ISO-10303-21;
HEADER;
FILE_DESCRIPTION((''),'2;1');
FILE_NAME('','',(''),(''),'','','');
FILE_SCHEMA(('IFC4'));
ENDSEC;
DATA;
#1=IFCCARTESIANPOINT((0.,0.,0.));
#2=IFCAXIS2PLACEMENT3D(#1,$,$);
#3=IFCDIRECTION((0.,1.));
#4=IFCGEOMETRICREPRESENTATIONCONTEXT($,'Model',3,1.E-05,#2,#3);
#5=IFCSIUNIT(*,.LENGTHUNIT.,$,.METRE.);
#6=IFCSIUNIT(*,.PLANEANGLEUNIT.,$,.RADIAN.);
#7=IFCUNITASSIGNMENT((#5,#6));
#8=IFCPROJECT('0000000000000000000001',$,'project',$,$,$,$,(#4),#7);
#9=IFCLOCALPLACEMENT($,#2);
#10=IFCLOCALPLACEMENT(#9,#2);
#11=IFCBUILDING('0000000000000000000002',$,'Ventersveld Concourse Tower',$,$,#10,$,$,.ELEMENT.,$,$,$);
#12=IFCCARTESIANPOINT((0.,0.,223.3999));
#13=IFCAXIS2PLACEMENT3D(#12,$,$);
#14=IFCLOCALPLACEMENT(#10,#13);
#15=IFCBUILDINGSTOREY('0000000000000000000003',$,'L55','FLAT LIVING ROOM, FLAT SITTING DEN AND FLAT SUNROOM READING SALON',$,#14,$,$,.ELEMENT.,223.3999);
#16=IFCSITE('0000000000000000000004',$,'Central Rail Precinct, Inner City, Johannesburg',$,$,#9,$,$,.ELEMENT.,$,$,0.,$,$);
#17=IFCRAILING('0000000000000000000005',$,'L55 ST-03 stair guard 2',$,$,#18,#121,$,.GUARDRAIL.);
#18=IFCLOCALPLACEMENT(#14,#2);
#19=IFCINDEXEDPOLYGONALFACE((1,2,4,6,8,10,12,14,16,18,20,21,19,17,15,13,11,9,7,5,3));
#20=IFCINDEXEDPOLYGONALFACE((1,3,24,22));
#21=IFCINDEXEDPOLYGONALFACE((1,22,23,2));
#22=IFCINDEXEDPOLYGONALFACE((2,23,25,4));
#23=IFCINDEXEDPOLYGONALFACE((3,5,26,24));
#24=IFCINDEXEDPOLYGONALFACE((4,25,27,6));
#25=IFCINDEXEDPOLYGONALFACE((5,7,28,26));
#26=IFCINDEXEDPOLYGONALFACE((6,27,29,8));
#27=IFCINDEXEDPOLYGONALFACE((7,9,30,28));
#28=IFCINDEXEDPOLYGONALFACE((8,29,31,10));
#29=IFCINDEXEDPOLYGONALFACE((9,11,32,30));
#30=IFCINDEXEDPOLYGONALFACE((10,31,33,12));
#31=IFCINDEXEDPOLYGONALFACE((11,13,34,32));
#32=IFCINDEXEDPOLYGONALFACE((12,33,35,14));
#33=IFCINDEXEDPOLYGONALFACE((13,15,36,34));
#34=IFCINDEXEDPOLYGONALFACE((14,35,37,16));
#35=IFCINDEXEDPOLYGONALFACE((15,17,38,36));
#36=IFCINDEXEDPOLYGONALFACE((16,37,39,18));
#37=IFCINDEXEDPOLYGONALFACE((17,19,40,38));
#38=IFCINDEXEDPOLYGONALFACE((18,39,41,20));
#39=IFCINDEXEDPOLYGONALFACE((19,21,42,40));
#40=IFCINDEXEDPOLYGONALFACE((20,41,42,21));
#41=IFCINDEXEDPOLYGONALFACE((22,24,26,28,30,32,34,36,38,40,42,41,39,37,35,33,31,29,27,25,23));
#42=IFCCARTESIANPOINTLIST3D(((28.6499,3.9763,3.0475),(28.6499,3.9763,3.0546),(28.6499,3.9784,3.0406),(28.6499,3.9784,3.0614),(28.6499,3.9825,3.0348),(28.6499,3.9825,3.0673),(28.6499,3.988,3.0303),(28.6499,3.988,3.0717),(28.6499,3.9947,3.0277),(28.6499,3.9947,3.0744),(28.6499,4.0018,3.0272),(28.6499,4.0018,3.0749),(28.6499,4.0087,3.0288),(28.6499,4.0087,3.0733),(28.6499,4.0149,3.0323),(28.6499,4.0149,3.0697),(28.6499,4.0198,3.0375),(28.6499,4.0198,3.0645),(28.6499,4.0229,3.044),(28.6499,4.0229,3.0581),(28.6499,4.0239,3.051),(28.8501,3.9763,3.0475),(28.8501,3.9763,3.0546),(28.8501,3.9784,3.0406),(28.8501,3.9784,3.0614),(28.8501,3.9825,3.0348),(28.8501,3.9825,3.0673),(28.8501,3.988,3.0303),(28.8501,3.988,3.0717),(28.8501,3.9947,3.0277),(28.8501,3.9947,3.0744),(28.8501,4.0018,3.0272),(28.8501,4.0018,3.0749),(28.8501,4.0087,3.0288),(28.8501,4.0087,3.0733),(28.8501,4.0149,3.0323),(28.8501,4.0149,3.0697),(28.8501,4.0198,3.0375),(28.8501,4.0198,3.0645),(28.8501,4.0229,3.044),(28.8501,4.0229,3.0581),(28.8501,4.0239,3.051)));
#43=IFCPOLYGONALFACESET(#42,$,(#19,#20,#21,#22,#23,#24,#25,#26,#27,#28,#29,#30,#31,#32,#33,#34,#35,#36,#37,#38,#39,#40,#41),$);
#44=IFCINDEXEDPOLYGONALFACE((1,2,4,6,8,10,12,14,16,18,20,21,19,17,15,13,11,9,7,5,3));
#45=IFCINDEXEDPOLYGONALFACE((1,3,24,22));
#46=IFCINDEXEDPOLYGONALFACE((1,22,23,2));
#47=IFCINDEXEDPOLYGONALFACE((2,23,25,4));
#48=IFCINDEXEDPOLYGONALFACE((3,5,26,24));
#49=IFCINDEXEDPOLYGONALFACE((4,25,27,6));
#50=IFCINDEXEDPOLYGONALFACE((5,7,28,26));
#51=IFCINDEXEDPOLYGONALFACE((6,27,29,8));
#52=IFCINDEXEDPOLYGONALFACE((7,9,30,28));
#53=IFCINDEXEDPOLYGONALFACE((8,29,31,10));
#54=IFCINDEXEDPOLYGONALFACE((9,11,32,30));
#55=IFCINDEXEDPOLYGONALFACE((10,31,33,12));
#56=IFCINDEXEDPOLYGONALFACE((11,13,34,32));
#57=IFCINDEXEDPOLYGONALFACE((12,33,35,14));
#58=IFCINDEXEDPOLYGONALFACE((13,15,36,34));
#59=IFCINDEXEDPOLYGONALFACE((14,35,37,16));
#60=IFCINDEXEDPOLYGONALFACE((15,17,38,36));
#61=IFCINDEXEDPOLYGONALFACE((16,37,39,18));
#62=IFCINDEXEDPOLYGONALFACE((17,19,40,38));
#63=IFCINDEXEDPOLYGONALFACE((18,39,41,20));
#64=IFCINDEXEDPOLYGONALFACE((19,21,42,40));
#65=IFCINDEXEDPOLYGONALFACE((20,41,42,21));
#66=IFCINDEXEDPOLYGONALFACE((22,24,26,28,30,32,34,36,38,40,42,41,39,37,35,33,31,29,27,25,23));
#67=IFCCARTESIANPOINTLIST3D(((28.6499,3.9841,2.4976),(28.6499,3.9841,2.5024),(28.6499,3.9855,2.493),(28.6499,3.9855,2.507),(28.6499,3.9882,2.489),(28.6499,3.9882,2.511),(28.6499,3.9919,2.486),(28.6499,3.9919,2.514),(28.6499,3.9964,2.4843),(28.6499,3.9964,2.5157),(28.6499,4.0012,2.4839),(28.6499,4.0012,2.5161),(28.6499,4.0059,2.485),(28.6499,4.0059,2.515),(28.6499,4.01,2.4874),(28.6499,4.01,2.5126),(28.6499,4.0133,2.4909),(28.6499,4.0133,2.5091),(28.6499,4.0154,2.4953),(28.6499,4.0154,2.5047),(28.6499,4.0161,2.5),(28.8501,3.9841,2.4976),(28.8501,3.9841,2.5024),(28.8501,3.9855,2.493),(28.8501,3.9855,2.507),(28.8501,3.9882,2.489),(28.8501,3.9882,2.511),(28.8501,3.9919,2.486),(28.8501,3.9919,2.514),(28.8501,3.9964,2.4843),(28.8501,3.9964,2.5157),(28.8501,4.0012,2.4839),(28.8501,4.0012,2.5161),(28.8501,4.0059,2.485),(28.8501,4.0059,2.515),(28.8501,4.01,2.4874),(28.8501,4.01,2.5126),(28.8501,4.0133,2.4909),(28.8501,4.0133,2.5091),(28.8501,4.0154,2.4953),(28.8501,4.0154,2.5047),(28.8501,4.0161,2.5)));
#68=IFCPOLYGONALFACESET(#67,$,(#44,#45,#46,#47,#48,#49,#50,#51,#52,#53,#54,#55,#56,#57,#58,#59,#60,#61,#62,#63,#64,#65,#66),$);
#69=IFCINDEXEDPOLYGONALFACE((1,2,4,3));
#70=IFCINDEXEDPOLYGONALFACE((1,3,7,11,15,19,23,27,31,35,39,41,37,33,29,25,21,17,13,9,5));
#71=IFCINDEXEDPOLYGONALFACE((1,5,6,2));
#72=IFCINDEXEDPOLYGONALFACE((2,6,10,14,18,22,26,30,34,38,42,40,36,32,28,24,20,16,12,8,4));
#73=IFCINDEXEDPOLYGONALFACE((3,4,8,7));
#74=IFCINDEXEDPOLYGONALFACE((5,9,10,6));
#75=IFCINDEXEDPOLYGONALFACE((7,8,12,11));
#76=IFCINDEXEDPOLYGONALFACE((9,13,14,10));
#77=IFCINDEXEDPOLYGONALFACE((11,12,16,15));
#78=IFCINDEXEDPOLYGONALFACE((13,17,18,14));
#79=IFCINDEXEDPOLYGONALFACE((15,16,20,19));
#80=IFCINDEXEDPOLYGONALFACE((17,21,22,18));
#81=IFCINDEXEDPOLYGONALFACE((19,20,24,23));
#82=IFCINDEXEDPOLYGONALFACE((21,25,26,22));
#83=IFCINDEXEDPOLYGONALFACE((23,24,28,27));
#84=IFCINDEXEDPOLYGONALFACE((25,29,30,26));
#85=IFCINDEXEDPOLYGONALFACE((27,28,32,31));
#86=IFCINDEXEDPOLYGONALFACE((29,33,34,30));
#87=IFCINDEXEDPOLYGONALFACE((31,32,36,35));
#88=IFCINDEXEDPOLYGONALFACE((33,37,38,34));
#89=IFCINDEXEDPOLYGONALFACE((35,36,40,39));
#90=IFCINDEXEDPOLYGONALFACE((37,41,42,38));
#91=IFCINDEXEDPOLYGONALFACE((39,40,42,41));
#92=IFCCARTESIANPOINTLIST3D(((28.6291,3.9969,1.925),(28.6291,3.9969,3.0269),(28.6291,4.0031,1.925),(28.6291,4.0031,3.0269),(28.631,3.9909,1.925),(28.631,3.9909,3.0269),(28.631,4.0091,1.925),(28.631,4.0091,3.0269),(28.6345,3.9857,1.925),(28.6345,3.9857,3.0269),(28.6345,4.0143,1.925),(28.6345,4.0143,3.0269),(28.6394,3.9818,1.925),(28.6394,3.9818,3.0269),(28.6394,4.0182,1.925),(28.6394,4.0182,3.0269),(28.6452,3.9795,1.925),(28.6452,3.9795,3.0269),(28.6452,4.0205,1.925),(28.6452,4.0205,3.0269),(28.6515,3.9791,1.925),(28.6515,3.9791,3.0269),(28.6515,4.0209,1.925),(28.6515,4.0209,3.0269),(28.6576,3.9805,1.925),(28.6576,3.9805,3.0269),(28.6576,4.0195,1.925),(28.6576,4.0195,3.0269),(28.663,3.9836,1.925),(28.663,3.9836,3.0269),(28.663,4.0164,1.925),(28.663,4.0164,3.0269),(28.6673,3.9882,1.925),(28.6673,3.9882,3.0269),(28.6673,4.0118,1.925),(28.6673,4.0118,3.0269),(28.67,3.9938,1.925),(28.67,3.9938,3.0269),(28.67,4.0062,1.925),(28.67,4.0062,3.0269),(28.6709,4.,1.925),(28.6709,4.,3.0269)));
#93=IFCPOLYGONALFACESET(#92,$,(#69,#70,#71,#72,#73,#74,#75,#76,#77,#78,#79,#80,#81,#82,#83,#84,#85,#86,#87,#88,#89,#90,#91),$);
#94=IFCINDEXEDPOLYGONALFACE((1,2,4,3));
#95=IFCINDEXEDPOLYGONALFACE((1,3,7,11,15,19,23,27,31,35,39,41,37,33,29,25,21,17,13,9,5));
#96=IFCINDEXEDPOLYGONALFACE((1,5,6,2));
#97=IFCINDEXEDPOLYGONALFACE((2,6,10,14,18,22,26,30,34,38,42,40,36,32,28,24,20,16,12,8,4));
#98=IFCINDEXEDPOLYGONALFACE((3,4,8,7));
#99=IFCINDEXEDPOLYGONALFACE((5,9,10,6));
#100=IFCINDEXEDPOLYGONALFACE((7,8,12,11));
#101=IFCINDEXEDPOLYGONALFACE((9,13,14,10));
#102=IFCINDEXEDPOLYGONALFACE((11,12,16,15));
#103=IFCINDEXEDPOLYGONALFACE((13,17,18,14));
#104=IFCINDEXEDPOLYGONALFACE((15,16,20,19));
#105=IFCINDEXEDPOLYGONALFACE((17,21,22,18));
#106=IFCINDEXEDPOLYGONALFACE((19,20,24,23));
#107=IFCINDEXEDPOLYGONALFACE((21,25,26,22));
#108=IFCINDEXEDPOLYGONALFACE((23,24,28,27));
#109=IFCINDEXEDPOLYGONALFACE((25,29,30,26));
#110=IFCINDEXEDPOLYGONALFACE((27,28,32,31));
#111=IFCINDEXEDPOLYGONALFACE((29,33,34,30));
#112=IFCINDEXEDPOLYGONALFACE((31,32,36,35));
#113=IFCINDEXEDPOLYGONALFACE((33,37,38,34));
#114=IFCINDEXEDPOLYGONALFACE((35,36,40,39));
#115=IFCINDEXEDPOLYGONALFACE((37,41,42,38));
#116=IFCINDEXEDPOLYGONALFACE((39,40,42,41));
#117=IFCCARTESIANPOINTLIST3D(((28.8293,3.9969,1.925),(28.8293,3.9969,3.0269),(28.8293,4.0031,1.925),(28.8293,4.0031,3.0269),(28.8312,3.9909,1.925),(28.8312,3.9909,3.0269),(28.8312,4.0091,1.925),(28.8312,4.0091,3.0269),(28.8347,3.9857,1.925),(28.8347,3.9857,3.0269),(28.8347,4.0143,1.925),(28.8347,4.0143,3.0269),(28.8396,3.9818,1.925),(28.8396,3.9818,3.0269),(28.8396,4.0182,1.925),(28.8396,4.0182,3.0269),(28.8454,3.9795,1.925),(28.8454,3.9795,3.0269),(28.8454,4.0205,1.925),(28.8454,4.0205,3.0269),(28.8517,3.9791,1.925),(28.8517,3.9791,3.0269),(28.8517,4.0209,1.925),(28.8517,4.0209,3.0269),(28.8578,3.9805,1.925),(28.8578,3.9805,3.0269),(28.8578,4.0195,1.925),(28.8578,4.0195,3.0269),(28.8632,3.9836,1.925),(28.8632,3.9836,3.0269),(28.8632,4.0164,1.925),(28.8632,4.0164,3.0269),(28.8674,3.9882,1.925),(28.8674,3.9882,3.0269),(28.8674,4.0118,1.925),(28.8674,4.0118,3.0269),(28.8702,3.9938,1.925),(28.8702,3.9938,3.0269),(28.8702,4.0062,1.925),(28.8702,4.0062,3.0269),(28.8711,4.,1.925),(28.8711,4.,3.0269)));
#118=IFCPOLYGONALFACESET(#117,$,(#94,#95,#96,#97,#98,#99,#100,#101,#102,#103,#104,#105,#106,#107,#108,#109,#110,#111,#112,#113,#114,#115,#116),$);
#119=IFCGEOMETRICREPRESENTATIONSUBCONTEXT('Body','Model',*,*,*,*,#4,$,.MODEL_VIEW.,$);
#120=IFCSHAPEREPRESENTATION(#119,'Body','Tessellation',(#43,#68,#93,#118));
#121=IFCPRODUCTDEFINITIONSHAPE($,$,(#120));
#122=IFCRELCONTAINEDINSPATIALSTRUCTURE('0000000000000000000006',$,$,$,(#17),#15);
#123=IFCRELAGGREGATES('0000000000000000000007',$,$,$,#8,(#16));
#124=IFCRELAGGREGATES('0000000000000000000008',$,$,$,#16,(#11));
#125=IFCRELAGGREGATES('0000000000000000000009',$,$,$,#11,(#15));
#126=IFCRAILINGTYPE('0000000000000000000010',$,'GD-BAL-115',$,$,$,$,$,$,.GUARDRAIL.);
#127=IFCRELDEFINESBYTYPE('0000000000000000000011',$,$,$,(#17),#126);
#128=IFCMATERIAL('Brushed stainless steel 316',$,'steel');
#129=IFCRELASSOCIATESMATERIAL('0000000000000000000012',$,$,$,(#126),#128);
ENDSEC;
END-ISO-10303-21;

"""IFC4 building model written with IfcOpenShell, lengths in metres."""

from ifc_helpers import new_model, si_unit, direction, frame, origin, origin_2d, place, context, subcontext, project, spatial, circle, extrude, material, type_object, element, save


model = new_model("IFC4")

# Units and contexts
model_context = context("Model", 3, precision=1e-05, world=origin(), true_north=direction((0.0, 1.0)))
body_context = subcontext(model_context, "Body", "Model", "MODEL_VIEW")
ifc_project = project(units=[si_unit("LENGTHUNIT", "METRE"), si_unit("PLANEANGLEUNIT", "RADIAN")], contexts=[model_context])

# Site, building, storey
site_placement = place(None, origin())
site = spatial("IfcSite", under=ifc_project, at=site_placement, Name="Central Rail Precinct, Inner City, Johannesburg", CompositionType="ELEMENT", RefElevation=0.0)
building_placement = place(site_placement, origin())
building = spatial("IfcBuilding", under=site, at=building_placement, Name="Ventersveld Concourse Tower", CompositionType="ELEMENT")
storey_placement = place(building_placement, frame((0.0, 0.0, 223.3999)))
storey = spatial("IfcBuildingStorey", under=building, at=storey_placement, Name="L55", Description="FLAT LIVING ROOM, FLAT SITTING DEN AND FLAT SUNROOM READING SALON", CompositionType="ELEMENT", Elevation=223.3999)

# Shared definitions
ifc_material_1 = material(Name="Brushed stainless steel 316", Category="steel")

# Railing
railing_type = type_object("IfcRailingType", Name="GD-BAL-115", PredefinedType="GUARDRAIL", material=ifc_material_1)
railing_1_placement = place(storey_placement, frame((28.6499, 4.0, 1.925)))
element("IfcRailing", 1, at=railing_1_placement, inside=storey, type_object=railing_type, Name="L55 ST-03 stair guard 2", PredefinedType="GUARDRAIL", context=body_context, shape_type="SweptSolid", body=[
    extrude(circle(Radius=0.0239, at=origin_2d()), frame((0.0, 0.0, 1.126), z_axis=(1.0, 0.0, 0.0), x_axis=(0.0, 1.0, 0.0)), (0.0, 0.0, 1.0), 0.2002),
    extrude(circle(Radius=0.0161, at=origin_2d()), frame((0.0, 0.0, 0.575), z_axis=(1.0, 0.0, 0.0), x_axis=(0.0, 1.0, 0.0)), (0.0, 0.0, 1.0), 0.2002),
    extrude(circle(Radius=0.021, at=origin_2d()), origin(), (0.0, 0.0, 1.0), 1.1018),
    extrude(circle(Radius=0.021, at=origin_2d()), frame((0.2002, 0.0, 0.0)), (0.0, 0.0, 1.0), 1.1018),
])

save(model, "model.ifc")
